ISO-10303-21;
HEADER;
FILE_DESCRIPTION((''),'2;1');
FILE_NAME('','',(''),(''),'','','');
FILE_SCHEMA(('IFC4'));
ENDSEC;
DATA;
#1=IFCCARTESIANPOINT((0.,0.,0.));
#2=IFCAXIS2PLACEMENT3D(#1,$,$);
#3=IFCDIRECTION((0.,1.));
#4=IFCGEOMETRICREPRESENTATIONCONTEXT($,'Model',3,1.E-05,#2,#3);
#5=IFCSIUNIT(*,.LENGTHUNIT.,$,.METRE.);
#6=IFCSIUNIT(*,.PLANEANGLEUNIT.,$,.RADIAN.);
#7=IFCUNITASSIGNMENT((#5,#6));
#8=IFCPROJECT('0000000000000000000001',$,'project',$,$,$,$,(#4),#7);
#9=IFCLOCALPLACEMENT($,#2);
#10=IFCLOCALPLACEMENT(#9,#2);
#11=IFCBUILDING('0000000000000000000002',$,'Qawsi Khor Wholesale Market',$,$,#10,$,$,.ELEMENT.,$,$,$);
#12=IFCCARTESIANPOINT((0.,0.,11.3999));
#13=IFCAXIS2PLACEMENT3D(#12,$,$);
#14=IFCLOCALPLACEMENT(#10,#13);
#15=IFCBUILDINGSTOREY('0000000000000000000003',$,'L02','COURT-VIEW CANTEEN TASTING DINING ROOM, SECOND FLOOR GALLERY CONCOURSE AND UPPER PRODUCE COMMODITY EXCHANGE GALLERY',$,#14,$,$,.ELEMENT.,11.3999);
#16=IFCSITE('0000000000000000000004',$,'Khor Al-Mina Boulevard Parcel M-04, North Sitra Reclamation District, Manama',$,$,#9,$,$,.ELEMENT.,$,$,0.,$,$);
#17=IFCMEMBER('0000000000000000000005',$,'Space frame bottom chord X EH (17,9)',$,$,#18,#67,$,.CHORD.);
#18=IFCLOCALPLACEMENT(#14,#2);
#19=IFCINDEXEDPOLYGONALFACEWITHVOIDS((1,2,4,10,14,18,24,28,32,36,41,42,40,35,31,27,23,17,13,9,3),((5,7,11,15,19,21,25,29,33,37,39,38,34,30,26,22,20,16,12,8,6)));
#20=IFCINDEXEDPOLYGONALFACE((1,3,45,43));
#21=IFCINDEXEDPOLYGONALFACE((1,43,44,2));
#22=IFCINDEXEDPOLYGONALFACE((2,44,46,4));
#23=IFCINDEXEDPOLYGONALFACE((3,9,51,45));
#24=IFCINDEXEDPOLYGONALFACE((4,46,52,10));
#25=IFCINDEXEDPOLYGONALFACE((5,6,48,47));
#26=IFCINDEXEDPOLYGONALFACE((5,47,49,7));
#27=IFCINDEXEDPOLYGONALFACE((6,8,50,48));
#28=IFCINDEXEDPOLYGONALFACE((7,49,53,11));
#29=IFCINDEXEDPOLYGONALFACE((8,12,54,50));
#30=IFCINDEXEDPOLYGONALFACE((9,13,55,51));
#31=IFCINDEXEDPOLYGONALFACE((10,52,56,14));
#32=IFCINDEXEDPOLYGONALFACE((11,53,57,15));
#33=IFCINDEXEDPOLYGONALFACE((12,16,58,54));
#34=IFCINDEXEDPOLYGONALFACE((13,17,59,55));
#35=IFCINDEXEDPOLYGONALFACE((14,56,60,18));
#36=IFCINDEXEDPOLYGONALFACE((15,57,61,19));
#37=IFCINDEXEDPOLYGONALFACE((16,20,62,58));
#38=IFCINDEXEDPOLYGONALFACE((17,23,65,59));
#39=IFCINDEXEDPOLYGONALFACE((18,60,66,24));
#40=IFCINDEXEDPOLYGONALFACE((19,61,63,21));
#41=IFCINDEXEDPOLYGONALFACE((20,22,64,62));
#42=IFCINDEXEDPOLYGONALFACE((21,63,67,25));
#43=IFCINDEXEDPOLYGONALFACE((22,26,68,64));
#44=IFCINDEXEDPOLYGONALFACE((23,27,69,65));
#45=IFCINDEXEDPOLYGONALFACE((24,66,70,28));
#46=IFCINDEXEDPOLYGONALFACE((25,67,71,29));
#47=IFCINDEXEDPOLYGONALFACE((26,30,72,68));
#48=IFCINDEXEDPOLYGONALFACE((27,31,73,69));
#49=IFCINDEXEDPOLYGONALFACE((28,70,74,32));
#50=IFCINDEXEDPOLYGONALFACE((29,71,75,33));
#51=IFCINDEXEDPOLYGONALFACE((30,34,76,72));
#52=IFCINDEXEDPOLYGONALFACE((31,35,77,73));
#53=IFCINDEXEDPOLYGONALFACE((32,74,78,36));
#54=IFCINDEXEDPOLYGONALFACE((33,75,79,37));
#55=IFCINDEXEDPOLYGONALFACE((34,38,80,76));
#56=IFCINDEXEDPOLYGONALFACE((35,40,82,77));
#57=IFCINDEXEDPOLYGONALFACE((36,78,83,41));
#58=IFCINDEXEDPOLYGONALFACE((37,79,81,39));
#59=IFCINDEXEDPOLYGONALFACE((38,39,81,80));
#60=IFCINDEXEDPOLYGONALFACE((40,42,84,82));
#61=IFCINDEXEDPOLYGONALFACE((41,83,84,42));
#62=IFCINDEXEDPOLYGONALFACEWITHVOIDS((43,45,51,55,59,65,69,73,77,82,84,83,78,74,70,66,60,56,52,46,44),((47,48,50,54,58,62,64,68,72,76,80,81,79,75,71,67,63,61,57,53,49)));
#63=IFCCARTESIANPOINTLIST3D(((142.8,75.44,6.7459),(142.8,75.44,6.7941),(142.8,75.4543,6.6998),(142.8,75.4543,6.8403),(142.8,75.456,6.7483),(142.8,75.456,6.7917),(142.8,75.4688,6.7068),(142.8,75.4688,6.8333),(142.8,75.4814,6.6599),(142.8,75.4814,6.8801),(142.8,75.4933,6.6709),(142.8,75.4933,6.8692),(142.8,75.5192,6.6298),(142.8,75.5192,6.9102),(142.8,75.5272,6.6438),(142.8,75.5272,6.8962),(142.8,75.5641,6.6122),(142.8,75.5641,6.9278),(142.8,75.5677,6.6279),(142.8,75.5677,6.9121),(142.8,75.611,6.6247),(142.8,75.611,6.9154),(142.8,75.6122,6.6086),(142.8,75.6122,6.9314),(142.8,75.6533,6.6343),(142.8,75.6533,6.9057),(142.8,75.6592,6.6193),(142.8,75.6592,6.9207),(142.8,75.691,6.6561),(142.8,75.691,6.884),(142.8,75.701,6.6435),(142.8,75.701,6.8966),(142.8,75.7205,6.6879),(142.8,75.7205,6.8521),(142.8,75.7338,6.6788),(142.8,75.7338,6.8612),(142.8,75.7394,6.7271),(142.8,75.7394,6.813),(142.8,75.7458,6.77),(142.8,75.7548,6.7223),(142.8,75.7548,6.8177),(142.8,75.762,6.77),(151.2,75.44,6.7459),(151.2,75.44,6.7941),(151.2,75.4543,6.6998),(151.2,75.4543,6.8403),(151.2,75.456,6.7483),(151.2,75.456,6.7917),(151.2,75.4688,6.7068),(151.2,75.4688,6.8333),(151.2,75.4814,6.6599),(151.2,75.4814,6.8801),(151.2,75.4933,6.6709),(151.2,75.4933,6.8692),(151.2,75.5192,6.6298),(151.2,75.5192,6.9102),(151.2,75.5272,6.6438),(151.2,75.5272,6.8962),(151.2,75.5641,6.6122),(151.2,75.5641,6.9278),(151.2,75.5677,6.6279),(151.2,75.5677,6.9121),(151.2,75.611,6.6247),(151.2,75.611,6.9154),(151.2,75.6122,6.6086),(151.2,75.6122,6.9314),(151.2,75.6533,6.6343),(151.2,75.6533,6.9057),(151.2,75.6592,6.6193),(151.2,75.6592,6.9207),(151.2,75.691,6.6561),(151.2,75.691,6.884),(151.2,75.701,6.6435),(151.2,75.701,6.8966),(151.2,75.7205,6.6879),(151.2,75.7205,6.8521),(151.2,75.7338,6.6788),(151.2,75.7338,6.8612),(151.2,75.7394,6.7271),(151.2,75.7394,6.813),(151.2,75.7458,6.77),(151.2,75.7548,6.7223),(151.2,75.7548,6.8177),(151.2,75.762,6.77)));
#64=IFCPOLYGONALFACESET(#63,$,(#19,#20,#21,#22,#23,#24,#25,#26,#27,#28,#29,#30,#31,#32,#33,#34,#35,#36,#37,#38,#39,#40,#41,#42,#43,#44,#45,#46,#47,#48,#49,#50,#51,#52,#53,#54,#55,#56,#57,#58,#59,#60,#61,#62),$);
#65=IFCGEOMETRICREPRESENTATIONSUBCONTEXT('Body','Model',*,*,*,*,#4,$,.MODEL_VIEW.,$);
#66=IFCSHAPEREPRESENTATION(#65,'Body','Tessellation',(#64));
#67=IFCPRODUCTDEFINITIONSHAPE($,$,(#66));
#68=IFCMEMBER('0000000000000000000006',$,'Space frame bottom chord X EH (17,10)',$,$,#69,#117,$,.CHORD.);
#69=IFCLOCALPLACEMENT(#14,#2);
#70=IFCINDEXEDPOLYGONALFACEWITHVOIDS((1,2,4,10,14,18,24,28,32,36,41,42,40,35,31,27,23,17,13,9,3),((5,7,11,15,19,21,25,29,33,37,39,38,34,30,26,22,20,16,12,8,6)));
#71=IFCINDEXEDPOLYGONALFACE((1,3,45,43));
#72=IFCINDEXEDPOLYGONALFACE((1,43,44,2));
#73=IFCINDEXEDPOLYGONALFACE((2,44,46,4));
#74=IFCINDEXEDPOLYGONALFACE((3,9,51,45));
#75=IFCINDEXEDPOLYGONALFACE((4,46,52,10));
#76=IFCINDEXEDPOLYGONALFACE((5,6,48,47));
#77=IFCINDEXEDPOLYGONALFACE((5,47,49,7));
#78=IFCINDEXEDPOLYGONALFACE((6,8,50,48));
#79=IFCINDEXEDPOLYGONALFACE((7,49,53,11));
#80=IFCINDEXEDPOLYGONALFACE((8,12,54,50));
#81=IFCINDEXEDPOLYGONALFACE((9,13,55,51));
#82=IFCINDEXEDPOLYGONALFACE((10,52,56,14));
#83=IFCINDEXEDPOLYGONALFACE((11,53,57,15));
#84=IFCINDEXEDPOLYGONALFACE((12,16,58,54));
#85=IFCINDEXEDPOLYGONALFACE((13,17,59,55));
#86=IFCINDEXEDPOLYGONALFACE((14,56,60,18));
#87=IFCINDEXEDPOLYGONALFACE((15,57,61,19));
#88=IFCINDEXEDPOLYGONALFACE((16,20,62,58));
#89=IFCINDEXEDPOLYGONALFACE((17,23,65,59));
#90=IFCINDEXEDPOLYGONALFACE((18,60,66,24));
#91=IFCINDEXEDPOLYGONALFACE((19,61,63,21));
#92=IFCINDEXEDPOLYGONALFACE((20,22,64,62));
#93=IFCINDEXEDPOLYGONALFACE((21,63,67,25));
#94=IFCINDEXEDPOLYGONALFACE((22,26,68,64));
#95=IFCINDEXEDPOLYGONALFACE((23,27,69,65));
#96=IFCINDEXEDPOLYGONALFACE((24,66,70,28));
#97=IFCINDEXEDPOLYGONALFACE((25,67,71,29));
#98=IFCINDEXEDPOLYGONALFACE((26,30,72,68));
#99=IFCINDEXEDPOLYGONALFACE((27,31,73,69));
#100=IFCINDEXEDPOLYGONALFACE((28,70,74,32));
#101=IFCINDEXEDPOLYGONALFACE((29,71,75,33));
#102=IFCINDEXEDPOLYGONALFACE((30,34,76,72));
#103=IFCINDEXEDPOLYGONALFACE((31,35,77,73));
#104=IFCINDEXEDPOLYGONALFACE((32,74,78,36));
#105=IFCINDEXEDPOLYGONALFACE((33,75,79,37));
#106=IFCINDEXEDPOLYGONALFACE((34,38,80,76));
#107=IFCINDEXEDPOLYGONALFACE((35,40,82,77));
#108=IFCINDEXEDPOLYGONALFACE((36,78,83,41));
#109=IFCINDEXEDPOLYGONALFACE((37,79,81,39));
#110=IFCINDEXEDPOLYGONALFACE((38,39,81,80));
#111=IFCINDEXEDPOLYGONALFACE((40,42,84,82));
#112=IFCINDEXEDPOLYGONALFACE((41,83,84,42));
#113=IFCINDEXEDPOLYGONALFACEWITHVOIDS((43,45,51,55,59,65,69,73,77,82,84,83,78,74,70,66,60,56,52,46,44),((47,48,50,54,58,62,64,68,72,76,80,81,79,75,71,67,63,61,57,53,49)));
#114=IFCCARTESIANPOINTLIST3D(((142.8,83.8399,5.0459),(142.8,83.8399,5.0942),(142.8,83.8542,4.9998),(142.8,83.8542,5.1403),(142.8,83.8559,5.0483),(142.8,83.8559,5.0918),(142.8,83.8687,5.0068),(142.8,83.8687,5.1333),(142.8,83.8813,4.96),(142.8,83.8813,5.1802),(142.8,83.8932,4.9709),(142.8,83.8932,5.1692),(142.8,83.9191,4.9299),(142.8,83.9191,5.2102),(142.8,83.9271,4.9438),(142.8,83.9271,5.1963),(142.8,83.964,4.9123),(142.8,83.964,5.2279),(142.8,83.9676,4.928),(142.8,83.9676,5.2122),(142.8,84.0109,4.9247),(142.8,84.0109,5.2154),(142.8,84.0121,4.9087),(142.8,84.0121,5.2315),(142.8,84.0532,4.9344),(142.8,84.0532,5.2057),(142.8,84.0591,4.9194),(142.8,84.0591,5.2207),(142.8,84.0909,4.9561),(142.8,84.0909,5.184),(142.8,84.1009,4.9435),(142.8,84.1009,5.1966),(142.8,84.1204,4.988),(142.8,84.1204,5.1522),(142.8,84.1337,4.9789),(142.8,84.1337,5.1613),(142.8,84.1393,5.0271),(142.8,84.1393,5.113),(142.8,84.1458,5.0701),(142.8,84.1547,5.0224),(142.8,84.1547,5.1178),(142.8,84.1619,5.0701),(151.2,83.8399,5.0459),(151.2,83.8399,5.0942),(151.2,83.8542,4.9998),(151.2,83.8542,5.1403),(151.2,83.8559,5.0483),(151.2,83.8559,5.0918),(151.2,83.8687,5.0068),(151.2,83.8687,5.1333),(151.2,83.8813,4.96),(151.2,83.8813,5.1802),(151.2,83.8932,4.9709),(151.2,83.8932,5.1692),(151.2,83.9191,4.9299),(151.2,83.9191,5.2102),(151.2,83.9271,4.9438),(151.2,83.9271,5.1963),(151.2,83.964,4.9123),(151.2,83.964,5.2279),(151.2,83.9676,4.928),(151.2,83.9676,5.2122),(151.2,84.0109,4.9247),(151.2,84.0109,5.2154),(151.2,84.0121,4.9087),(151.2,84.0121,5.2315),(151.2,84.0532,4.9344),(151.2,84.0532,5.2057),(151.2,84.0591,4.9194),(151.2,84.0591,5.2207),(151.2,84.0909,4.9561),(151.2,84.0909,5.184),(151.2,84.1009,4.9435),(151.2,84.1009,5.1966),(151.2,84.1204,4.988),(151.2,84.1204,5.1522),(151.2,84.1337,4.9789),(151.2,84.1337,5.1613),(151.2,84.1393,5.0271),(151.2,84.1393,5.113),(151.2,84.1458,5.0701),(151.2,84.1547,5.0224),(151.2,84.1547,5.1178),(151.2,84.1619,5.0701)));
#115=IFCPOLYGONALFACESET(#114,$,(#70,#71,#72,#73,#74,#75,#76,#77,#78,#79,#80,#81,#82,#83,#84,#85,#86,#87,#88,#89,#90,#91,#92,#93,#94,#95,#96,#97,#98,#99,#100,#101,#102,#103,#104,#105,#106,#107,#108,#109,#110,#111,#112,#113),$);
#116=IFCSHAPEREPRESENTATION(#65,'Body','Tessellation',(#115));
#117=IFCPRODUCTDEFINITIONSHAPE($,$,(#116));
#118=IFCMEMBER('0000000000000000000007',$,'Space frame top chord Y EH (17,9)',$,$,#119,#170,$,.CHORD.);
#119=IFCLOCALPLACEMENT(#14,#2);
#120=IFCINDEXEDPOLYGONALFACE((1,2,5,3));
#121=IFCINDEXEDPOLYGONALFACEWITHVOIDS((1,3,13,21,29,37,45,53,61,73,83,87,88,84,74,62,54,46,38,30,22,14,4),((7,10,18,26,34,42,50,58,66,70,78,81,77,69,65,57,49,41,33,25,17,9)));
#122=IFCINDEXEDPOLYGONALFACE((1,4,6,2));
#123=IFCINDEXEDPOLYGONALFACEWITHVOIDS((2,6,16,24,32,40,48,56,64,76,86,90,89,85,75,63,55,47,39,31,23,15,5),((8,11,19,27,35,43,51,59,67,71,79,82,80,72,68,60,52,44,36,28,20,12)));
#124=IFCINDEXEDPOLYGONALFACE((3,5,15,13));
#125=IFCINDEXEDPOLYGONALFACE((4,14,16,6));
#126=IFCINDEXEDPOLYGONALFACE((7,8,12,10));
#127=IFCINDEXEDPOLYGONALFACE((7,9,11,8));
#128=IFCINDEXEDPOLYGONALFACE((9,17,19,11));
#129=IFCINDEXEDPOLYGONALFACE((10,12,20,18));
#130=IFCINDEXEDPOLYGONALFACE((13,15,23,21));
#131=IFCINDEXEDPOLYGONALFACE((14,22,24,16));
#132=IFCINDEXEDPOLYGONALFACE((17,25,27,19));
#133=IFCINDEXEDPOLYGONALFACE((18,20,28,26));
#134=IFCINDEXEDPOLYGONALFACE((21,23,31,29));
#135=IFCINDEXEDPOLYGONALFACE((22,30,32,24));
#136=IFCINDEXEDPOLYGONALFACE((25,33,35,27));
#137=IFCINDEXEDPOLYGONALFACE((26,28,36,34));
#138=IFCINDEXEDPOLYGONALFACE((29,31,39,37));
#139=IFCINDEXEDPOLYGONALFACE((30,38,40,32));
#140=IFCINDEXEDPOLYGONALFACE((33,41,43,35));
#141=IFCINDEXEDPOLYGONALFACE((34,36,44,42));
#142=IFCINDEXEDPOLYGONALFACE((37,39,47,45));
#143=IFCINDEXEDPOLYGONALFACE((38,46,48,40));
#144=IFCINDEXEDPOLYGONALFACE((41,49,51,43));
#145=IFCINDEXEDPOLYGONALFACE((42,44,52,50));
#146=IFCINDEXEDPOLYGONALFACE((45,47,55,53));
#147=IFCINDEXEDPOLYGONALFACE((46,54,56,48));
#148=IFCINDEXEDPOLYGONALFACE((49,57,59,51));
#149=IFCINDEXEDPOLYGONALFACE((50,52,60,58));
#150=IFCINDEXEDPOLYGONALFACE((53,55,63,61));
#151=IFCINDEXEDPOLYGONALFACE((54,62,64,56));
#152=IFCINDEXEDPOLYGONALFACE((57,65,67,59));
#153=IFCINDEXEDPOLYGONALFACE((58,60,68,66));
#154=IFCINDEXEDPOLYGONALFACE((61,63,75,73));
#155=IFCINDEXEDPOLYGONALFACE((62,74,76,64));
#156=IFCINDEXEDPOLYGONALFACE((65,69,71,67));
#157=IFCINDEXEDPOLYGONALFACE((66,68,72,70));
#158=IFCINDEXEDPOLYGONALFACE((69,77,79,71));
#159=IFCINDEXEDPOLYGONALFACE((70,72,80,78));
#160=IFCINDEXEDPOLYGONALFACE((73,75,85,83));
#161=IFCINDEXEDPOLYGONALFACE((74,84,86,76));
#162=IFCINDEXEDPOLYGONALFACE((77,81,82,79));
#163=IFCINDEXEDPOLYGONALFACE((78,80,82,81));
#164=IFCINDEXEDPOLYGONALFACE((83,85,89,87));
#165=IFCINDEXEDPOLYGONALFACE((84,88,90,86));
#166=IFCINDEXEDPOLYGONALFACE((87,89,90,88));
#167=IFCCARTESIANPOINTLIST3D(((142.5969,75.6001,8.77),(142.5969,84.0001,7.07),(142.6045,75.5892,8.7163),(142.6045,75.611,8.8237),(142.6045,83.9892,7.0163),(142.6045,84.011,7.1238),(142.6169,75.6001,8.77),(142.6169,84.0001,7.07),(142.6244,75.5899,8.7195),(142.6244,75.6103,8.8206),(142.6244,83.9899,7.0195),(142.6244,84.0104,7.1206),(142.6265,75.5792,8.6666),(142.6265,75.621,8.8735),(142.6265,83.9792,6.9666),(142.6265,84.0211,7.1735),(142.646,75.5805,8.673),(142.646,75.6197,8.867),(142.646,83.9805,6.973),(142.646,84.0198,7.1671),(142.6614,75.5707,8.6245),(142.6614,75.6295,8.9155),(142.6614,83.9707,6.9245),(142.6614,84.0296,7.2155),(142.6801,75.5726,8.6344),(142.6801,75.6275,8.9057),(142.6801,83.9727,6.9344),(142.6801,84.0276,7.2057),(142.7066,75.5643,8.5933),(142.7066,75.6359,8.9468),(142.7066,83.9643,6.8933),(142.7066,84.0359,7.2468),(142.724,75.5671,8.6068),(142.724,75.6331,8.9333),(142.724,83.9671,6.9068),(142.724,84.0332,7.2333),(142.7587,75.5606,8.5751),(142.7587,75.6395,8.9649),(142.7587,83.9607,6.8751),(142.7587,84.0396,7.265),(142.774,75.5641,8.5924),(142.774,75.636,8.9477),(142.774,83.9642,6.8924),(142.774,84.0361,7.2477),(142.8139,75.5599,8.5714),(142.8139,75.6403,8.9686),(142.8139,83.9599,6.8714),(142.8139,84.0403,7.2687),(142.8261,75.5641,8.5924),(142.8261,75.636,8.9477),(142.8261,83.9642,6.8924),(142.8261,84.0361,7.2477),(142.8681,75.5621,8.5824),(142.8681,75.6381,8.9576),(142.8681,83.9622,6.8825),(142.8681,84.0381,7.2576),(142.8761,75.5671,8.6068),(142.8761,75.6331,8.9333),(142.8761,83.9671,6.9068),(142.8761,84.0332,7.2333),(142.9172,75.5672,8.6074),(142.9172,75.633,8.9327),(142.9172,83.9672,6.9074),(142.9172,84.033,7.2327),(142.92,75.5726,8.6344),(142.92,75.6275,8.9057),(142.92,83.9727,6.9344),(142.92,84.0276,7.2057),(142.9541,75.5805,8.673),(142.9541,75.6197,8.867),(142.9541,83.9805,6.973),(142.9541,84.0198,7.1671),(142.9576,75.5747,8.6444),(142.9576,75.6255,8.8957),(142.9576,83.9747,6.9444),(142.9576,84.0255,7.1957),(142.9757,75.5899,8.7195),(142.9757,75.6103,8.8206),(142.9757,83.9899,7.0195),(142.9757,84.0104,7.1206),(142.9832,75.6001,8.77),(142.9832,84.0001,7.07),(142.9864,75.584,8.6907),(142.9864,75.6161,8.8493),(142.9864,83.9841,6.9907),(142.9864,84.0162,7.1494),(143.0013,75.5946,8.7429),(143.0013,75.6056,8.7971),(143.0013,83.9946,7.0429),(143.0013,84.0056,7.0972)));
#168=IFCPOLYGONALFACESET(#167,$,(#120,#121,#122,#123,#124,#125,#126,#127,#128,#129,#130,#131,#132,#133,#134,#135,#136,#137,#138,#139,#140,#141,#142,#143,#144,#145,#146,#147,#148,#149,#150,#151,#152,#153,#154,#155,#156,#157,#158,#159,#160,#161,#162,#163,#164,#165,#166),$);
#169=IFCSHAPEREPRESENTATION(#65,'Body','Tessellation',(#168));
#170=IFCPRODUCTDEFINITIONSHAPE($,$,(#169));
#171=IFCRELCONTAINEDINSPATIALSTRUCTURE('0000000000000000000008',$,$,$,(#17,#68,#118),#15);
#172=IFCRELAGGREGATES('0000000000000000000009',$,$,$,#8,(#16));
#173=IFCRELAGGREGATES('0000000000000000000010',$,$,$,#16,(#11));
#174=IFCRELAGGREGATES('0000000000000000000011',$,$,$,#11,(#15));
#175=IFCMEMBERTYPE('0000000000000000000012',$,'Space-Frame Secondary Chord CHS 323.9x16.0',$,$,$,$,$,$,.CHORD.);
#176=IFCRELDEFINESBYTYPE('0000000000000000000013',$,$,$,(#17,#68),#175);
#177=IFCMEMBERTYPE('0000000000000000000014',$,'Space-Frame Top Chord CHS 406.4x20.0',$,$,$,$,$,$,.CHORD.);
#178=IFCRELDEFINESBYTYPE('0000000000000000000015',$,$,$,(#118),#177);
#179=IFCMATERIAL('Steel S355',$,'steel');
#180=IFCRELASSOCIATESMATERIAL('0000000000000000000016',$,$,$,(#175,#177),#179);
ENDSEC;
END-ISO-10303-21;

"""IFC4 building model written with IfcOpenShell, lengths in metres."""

from ifc_helpers import new_model, si_unit, direction, frame, origin, origin_2d, place, context, subcontext, project, spatial, hollow_circle, extrude, material, material_profile, profile_set, type_object, element, save


model = new_model("IFC4")

# Units and contexts
model_context = context("Model", 3, precision=1e-05, world=origin(), true_north=direction((0.0, 1.0)))
body_context = subcontext(model_context, "Body", "Model", "MODEL_VIEW")
ifc_project = project(units=[si_unit("LENGTHUNIT", "METRE"), si_unit("PLANEANGLEUNIT", "RADIAN")], contexts=[model_context])

# Site, building, storey
site_placement = place(None, origin())
site = spatial("IfcSite", under=ifc_project, at=site_placement, Name="Khor Al-Mina Boulevard Parcel M-04, North Sitra Reclamation District, Manama", CompositionType="ELEMENT", RefElevation=0.0)
building_placement = place(site_placement, origin())
building = spatial("IfcBuilding", under=site, at=building_placement, Name="Qawsi Khor Wholesale Market", CompositionType="ELEMENT")
storey_placement = place(building_placement, frame((0.0, 0.0, 11.3999)))
storey = spatial("IfcBuildingStorey", under=building, at=storey_placement, Name="L02", Description="COURT-VIEW CANTEEN TASTING DINING ROOM, SECOND FLOOR GALLERY CONCOURSE AND UPPER PRODUCE COMMODITY EXCHANGE GALLERY", CompositionType="ELEMENT", Elevation=11.3999)

# Members
ifc_material_1 = material(Name="Steel S355", Category="steel")
ifc_material_profile_1 = material_profile(ifc_material_1, hollow_circle(Radius=0.1619, WallThickness=0.0161, at=origin_2d()), Name="CHS 323.9x16.0")
ifc_profile_set_1 = profile_set([ifc_material_profile_1], Name="Steel S355")
member_type_1 = type_object("IfcMemberType", Name="Space-Frame Secondary Chord CHS 323.9x16.0", PredefinedType="CHORD", material=ifc_profile_set_1)
for number, where, z_axis, x_axis, name in (
    (1, (142.8, 75.6001, 6.77), (1.0, 0.0, 0.0), (0.0, 1.0, 0.0), "Space frame bottom chord X EH (17,9)"),
    (2, (142.8, 84.0, 5.0701), (1.0, 0.0, 0.0), (0.0, 1.0, 0.0), "Space frame bottom chord X EH (17,10)"),
):
    element("IfcMember", number, at=place(storey_placement, frame(where, z_axis=z_axis, x_axis=x_axis)), inside=storey, type_object=member_type_1, Name=name, PredefinedType="CHORD", context=body_context, shape_type="SweptSolid", body=[
        extrude(hollow_circle(Radius=0.1619, WallThickness=0.0161, at=origin_2d()), origin(), (0.0, 0.0, 1.0), 8.3999),
    ])
ifc_material_profile_2 = material_profile(ifc_material_1, hollow_circle(Radius=0.2031, WallThickness=0.02, at=origin_2d()), Name="CHS 406.4x20.0")
ifc_profile_set_2 = profile_set([ifc_material_profile_2], Name="Steel S355")
member_type_2 = type_object("IfcMemberType", Name="Space-Frame Top Chord CHS 406.4x20.0", PredefinedType="CHORD", material=ifc_profile_set_2)
member_1_placement = place(storey_placement, frame((142.8, 75.6001, 8.77), z_axis=(0.0, 0.98013, -0.198356), x_axis=(-1.0, 0.0, 0.0)))
element("IfcMember", 3, at=member_1_placement, inside=storey, type_object=member_type_2, Name="Space frame top chord Y EH (17,9)", PredefinedType="CHORD", context=body_context, shape_type="SweptSolid", body=[
    extrude(hollow_circle(Radius=0.2031, WallThickness=0.02, at=origin_2d()), origin(), (0.0, 0.0, 1.0), 8.5703),
])

save(model, "model.ifc")
